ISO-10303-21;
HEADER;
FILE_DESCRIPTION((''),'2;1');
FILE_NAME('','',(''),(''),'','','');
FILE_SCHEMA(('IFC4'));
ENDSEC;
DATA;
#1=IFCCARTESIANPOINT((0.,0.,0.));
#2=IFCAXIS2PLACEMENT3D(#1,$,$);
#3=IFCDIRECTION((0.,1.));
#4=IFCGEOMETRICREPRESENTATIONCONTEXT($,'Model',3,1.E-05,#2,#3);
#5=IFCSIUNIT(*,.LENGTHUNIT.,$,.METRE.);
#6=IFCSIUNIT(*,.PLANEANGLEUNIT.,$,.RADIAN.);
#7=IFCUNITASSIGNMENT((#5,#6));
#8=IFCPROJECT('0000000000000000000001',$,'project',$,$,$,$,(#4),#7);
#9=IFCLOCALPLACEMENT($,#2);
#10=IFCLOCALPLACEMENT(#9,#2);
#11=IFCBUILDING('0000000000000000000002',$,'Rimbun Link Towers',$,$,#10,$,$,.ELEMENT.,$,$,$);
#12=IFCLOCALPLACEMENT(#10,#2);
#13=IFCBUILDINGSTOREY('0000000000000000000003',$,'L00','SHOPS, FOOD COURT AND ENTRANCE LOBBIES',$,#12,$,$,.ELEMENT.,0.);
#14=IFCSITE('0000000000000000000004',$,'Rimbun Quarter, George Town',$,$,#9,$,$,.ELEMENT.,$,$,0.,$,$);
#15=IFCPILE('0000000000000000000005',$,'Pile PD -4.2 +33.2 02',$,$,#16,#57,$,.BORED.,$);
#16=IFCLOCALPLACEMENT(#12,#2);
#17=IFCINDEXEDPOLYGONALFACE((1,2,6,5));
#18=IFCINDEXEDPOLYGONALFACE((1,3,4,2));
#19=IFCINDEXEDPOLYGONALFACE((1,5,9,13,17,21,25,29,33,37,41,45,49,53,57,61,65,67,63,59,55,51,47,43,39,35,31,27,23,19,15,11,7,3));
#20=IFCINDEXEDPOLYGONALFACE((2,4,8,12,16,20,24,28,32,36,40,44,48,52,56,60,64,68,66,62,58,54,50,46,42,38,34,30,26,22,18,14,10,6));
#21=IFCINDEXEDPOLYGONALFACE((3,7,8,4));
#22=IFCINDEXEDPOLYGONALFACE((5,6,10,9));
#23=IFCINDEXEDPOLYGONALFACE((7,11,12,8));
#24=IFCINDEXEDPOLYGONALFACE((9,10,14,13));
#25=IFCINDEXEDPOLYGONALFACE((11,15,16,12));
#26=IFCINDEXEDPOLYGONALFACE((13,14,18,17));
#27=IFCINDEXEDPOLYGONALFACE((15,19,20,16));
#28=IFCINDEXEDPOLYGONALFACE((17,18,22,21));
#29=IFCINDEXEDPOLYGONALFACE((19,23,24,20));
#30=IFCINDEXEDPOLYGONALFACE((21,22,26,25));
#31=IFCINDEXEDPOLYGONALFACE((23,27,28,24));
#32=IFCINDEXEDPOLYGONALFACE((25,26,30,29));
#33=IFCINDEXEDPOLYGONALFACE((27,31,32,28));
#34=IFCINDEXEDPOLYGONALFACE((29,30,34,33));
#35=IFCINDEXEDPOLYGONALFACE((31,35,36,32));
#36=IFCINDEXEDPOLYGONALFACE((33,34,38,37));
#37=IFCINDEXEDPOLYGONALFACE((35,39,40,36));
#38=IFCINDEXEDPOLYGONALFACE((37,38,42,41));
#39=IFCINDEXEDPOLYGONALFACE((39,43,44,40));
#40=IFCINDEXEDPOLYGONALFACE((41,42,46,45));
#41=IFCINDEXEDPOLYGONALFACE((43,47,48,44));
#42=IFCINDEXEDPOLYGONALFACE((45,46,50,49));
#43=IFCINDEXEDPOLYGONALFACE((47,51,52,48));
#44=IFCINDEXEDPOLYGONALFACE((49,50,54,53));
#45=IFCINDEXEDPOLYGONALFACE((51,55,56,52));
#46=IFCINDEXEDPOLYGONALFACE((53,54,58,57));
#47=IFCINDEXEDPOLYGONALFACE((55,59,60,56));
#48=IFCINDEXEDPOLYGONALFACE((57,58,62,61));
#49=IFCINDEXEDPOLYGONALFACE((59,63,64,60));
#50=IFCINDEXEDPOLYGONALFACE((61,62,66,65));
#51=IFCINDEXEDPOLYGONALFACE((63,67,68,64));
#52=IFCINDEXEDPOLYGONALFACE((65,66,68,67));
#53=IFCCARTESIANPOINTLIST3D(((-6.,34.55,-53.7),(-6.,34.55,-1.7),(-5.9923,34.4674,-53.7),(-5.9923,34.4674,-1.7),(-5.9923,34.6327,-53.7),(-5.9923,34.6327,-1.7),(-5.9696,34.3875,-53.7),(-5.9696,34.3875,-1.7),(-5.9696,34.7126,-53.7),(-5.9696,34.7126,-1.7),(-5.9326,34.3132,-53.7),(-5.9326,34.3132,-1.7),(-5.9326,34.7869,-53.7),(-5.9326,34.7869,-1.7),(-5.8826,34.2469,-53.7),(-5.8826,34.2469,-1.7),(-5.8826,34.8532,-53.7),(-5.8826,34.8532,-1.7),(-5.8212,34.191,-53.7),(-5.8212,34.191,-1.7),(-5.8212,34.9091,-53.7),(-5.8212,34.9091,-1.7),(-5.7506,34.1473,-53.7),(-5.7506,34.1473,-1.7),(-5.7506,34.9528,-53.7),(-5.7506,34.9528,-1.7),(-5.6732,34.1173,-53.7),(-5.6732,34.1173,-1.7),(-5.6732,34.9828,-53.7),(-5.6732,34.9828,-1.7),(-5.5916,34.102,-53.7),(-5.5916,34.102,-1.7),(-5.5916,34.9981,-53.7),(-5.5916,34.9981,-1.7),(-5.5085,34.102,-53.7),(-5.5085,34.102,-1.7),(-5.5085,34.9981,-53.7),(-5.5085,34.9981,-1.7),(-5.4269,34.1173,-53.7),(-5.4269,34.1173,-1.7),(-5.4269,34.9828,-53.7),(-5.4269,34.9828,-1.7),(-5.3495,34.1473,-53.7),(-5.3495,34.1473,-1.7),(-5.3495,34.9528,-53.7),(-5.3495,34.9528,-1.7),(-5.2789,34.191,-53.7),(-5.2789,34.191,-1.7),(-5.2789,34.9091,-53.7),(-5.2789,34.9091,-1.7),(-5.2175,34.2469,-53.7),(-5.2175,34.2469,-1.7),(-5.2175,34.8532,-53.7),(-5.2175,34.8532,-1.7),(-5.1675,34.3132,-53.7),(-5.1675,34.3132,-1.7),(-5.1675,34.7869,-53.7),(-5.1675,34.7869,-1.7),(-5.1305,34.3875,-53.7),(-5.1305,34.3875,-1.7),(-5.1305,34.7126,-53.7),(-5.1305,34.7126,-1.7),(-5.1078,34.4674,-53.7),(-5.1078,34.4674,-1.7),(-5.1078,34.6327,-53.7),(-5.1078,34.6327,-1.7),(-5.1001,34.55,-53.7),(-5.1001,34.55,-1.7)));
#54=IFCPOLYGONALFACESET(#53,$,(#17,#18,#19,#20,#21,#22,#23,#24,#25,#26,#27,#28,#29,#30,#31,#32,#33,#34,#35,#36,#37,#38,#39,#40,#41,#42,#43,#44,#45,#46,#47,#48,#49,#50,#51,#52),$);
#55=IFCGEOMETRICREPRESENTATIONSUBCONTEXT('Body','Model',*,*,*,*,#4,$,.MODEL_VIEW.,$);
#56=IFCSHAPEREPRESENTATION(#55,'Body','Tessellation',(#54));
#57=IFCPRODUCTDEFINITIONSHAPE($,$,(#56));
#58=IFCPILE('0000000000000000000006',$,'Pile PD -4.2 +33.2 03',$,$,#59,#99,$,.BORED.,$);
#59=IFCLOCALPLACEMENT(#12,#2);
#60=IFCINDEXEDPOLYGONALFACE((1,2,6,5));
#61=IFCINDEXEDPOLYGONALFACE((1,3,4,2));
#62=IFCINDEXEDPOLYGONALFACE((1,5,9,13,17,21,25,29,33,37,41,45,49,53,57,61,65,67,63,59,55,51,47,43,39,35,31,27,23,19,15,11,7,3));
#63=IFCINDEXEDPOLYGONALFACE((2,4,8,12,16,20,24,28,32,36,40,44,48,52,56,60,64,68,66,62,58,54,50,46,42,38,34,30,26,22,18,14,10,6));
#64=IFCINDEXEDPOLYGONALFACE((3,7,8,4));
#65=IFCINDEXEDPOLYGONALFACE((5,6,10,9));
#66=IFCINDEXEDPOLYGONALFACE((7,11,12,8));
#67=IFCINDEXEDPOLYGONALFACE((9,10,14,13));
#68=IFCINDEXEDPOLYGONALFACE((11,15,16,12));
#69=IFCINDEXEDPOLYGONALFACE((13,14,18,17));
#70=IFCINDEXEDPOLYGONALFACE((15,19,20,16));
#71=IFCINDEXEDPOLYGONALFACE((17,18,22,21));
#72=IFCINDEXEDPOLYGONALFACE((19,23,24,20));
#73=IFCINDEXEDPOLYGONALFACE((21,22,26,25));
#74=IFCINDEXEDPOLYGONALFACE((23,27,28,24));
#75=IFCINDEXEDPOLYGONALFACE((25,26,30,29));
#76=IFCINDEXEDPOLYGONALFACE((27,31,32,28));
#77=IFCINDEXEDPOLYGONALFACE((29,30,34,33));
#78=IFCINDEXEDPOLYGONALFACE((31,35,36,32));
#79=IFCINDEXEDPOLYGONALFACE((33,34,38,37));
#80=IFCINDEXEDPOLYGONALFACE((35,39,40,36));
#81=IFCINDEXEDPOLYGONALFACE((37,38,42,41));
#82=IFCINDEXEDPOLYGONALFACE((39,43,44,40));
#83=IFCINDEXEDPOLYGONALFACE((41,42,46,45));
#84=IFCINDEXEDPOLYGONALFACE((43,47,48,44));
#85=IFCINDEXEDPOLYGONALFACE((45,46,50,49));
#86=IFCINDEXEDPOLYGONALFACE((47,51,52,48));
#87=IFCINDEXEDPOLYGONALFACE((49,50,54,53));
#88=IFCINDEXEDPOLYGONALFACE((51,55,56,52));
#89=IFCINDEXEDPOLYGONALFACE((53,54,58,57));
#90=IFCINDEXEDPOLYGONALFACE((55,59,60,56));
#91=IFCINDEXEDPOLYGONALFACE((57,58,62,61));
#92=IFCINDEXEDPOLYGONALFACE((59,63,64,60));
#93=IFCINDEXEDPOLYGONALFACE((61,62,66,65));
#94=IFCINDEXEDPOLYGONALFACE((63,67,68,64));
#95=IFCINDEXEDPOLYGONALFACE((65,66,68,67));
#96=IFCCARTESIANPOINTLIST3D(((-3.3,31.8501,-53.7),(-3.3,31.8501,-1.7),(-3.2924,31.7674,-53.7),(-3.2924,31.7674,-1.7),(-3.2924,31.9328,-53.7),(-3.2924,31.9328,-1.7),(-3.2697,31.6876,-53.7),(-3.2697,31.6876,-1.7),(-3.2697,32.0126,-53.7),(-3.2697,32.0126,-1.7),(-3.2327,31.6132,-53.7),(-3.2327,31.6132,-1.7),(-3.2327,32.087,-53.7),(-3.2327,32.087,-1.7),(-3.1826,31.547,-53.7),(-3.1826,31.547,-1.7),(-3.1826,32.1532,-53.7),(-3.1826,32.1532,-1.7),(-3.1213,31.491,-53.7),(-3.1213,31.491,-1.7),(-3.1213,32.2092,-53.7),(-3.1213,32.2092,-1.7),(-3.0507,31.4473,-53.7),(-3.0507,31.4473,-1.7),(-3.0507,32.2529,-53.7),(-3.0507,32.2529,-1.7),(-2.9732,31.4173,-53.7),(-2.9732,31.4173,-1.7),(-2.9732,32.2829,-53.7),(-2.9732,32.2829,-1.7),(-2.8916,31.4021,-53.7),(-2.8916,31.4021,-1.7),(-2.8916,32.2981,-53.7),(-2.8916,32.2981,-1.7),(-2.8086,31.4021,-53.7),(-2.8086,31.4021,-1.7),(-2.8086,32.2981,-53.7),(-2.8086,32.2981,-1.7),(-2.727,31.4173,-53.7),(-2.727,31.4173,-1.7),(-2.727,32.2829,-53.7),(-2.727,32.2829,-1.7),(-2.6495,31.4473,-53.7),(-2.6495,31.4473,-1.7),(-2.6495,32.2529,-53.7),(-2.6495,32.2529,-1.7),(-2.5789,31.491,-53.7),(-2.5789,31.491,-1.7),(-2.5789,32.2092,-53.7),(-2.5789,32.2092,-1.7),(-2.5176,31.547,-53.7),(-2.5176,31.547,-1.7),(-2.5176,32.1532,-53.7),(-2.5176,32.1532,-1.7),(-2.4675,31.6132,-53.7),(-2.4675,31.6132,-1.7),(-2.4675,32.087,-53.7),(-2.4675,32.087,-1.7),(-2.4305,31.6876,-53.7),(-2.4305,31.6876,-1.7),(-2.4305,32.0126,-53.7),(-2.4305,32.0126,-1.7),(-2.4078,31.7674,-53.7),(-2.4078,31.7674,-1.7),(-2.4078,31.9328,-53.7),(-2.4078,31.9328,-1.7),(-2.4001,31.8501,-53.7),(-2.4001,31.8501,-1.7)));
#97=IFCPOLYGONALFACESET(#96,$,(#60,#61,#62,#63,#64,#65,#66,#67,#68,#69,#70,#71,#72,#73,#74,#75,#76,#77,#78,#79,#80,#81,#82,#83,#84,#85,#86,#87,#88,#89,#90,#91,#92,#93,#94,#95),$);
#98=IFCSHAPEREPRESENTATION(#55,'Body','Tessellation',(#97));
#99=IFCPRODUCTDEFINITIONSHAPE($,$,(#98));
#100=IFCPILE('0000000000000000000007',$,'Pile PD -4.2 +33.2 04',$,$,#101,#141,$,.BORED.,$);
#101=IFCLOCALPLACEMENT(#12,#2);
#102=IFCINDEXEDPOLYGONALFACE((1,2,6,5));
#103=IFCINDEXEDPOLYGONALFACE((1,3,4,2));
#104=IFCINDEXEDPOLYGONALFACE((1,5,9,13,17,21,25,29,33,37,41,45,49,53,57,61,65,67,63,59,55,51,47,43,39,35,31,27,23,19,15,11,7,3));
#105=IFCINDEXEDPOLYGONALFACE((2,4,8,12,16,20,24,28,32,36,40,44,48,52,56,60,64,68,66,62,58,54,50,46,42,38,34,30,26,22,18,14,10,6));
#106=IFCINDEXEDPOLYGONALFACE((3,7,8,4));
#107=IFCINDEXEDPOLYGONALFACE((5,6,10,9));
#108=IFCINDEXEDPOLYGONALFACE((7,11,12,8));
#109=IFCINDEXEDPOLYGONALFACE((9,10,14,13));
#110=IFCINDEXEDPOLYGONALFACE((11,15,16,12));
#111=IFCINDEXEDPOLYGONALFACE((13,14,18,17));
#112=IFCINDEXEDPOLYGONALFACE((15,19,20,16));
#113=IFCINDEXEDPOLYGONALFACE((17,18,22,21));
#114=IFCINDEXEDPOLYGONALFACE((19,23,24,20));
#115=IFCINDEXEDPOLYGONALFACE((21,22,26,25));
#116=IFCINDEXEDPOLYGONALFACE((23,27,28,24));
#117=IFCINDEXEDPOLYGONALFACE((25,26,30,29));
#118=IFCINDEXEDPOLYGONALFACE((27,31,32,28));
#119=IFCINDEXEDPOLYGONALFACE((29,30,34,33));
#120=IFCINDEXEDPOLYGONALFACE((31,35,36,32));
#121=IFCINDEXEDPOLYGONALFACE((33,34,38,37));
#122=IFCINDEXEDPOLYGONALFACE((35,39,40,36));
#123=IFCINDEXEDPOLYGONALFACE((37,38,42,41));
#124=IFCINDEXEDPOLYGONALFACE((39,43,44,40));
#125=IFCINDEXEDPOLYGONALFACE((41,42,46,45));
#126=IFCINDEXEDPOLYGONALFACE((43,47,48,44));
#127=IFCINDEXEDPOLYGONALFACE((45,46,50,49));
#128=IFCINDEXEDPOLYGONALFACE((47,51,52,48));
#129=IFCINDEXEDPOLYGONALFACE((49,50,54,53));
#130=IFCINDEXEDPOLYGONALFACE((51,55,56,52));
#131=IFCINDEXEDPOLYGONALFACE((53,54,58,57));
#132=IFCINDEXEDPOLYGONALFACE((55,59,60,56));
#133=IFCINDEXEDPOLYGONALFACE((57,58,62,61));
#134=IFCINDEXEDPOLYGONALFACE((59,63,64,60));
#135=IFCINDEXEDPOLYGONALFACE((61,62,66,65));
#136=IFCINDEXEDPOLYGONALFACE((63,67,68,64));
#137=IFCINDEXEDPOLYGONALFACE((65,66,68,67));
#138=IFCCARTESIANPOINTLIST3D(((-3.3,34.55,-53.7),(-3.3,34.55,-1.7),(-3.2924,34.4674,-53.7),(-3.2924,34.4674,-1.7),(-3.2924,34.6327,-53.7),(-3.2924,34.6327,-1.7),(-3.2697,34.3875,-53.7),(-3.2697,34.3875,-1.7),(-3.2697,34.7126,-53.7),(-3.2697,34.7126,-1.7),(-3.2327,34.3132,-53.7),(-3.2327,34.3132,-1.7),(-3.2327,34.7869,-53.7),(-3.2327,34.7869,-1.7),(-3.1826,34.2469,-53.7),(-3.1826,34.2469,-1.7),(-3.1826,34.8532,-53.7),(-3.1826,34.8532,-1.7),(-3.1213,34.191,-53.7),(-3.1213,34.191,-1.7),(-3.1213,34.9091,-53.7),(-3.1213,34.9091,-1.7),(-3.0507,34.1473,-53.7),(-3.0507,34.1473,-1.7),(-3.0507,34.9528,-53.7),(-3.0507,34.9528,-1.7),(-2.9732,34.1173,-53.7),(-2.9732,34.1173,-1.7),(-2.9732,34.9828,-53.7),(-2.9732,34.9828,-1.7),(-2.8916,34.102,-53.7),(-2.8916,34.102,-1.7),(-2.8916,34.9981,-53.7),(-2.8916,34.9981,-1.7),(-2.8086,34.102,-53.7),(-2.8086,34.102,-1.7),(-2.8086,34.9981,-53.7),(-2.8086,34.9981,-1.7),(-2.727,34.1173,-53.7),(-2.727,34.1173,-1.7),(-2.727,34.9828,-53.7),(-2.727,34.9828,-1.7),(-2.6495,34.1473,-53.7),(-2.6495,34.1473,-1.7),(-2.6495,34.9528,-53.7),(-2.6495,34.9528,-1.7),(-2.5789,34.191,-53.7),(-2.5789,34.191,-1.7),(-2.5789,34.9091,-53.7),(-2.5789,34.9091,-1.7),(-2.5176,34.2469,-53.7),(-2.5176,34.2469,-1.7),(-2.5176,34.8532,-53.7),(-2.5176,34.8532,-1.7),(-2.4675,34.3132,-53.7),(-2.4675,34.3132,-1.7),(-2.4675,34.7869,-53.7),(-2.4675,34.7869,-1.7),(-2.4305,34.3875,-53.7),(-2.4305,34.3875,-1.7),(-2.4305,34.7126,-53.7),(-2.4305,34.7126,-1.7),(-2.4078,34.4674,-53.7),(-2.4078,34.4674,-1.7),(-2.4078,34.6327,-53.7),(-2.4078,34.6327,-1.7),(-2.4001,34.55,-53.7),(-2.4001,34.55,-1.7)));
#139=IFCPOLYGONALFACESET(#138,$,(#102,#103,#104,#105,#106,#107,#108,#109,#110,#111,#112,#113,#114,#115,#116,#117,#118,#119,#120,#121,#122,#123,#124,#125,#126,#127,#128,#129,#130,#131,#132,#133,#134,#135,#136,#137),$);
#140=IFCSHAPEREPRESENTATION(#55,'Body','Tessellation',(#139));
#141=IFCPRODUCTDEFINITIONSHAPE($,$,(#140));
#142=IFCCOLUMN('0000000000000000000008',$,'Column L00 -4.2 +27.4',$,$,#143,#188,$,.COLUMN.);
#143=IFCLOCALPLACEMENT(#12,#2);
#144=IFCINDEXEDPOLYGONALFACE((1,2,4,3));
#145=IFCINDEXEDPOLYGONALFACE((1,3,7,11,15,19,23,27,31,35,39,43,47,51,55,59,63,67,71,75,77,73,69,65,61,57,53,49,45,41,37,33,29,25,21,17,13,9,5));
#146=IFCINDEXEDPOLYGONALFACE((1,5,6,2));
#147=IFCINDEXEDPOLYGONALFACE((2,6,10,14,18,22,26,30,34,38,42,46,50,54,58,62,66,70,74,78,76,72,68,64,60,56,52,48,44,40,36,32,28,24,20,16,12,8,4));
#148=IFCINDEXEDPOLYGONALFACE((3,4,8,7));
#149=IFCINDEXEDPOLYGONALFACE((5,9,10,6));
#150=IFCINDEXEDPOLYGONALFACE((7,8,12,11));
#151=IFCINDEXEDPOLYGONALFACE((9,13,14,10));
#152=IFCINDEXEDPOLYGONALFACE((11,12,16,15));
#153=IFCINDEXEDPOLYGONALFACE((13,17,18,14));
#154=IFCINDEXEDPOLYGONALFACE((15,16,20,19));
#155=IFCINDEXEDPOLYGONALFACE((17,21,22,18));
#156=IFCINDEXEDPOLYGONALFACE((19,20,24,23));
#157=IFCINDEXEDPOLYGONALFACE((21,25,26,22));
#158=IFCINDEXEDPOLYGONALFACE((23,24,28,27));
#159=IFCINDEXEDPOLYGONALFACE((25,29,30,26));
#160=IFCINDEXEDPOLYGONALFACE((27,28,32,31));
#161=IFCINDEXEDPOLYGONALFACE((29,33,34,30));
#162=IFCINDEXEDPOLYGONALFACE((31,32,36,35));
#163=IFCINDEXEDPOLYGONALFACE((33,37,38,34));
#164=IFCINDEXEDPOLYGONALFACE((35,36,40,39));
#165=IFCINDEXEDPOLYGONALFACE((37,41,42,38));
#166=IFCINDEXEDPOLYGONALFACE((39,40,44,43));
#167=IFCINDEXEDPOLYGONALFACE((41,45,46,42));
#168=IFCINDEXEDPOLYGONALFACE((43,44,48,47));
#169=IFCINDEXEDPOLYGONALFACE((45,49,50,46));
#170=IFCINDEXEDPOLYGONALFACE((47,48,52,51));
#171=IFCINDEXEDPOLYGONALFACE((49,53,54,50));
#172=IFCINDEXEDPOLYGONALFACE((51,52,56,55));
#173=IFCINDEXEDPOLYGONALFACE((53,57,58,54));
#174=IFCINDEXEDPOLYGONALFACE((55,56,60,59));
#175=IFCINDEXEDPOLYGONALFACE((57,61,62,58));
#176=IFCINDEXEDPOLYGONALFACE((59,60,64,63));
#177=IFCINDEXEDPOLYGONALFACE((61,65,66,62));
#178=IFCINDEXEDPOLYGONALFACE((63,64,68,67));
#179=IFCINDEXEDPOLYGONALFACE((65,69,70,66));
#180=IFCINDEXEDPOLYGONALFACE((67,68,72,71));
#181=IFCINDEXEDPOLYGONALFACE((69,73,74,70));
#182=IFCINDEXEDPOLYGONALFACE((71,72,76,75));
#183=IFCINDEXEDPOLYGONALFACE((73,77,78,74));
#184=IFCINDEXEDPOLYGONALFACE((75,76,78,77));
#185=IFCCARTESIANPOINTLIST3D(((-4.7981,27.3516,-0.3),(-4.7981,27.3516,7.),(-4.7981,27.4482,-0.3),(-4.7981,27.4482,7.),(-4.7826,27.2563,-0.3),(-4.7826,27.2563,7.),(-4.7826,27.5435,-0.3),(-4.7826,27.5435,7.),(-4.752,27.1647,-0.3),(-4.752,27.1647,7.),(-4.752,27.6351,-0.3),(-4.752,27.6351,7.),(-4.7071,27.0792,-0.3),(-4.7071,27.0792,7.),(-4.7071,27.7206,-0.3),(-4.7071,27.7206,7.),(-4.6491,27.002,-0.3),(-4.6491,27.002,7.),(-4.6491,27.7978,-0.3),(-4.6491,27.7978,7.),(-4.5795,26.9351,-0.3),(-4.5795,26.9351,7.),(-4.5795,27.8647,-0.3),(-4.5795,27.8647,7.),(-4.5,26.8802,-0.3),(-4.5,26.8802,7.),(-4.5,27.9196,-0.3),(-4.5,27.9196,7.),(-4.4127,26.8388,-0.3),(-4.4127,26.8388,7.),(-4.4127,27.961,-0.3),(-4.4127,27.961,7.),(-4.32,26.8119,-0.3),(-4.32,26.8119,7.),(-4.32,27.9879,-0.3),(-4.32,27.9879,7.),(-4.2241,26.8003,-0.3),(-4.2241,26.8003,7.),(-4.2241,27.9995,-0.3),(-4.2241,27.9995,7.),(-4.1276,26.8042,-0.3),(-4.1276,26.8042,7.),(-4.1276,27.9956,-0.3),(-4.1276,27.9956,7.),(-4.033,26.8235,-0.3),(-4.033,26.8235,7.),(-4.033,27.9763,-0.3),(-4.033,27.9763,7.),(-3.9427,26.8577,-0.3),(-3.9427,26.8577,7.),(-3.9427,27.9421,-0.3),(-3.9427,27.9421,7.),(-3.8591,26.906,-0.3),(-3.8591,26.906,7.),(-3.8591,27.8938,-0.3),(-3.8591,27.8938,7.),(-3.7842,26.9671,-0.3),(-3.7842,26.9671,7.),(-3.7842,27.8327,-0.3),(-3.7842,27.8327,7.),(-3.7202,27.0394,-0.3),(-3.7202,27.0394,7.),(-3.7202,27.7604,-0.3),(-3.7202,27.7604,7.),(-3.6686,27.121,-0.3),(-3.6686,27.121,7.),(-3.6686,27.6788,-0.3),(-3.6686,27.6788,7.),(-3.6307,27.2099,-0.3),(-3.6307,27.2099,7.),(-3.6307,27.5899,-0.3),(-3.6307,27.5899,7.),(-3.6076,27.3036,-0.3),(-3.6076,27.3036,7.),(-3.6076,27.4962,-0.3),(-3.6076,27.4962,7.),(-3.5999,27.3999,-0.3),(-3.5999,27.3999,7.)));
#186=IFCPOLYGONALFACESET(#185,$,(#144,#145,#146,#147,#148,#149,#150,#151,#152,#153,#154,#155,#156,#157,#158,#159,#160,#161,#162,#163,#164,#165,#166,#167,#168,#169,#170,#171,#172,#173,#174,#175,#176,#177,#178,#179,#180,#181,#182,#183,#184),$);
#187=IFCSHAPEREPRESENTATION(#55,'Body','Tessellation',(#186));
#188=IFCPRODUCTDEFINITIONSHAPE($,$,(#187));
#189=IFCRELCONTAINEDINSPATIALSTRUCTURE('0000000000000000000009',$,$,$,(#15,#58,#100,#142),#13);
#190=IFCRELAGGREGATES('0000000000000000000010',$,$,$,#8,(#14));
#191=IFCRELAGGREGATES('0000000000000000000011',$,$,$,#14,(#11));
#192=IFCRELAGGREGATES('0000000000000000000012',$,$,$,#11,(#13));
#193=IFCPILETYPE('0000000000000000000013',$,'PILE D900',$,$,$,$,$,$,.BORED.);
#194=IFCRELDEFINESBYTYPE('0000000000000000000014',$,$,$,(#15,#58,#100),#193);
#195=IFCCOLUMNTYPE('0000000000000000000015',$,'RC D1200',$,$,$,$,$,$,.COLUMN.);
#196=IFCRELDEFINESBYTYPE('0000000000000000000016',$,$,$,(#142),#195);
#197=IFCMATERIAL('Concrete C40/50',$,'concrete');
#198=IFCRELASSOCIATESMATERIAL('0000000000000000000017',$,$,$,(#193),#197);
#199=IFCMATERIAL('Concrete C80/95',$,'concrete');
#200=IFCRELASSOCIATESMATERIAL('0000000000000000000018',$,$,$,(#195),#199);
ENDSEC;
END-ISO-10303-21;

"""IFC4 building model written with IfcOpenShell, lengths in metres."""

from ifc_helpers import new_model, si_unit, direction, frame, origin, origin_2d, place, context, subcontext, project, spatial, circle, extrude, material, material_profile, profile_set, type_object, element, save


model = new_model("IFC4")

# Units and contexts
model_context = context("Model", 3, precision=1e-05, world=origin(), true_north=direction((0.0, 1.0)))
body_context = subcontext(model_context, "Body", "Model", "MODEL_VIEW")
ifc_project = project(units=[si_unit("LENGTHUNIT", "METRE"), si_unit("PLANEANGLEUNIT", "RADIAN")], contexts=[model_context])

# Site, building, storey
site_placement = place(None, origin())
site = spatial("IfcSite", under=ifc_project, at=site_placement, Name="Rimbun Quarter, George Town", CompositionType="ELEMENT", RefElevation=0.0)
building_placement = place(site_placement, origin())
building = spatial("IfcBuilding", under=site, at=building_placement, Name="Rimbun Link Towers", CompositionType="ELEMENT")
storey_placement = place(building_placement, origin())
storey = spatial("IfcBuildingStorey", under=building, at=storey_placement, Name="L00", Description="SHOPS, FOOD COURT AND ENTRANCE LOBBIES", CompositionType="ELEMENT", Elevation=0.0)

# Piles
ifc_material_1 = material(Name="Concrete C40/50", Category="concrete")
ifc_material_profile_1 = material_profile(ifc_material_1, circle(Radius=0.45, at=origin_2d()), Name="PILE D900")
ifc_profile_set_1 = profile_set([ifc_material_profile_1], Name="Concrete C40/50")
pile_type = type_object("IfcPileType", Name="PILE D900", PredefinedType="BORED", material=ifc_profile_set_1)
for number, where, z_axis, x_axis, name in (
    (1, (-5.55, 34.55, -1.7), (0.0, 0.0, -1.0), (1.0, 0.0, 0.0), "Pile PD -4.2 +33.2 02"),
    (2, (-2.8501, 31.8501, -1.7), (0.0, 0.0, -1.0), (1.0, 0.0, 0.0), "Pile PD -4.2 +33.2 03"),
    (3, (-2.8501, 34.55, -1.7), (0.0, 0.0, -1.0), (1.0, 0.0, 0.0), "Pile PD -4.2 +33.2 04"),
):
    element("IfcPile", number, at=place(storey_placement, frame(where, z_axis=z_axis, x_axis=x_axis)), inside=storey, type_object=pile_type, Name=name, PredefinedType="BORED", context=body_context, shape_type="SweptSolid", body=[
        extrude(circle(Radius=0.45, at=origin_2d()), origin(), (0.0, 0.0, 1.0), 52.0),
    ])

# Column
ifc_material_2 = material(Name="Concrete C80/95", Category="concrete")
ifc_material_profile_2 = material_profile(ifc_material_2, circle(Radius=0.6001, at=origin_2d()), Name="RC D1200")
ifc_profile_set_2 = profile_set([ifc_material_profile_2], Name="Concrete C80/95")
column_type = type_object("IfcColumnType", Name="RC D1200", PredefinedType="COLUMN", material=ifc_profile_set_2)
column_1_placement = place(storey_placement, frame((-4.2, 27.3999, -0.3), z_axis=(0.0, 0.0, 1.0), x_axis=(1.0, 0.0, 0.0)))
element("IfcColumn", 4, at=column_1_placement, inside=storey, type_object=column_type, Name="Column L00 -4.2 +27.4", PredefinedType="COLUMN", context=body_context, shape_type="SweptSolid", body=[
    extrude(circle(Radius=0.6001, at=origin_2d()), origin(), (0.0, 0.0, 1.0), 7.3),
])

save(model, "model.ifc")
